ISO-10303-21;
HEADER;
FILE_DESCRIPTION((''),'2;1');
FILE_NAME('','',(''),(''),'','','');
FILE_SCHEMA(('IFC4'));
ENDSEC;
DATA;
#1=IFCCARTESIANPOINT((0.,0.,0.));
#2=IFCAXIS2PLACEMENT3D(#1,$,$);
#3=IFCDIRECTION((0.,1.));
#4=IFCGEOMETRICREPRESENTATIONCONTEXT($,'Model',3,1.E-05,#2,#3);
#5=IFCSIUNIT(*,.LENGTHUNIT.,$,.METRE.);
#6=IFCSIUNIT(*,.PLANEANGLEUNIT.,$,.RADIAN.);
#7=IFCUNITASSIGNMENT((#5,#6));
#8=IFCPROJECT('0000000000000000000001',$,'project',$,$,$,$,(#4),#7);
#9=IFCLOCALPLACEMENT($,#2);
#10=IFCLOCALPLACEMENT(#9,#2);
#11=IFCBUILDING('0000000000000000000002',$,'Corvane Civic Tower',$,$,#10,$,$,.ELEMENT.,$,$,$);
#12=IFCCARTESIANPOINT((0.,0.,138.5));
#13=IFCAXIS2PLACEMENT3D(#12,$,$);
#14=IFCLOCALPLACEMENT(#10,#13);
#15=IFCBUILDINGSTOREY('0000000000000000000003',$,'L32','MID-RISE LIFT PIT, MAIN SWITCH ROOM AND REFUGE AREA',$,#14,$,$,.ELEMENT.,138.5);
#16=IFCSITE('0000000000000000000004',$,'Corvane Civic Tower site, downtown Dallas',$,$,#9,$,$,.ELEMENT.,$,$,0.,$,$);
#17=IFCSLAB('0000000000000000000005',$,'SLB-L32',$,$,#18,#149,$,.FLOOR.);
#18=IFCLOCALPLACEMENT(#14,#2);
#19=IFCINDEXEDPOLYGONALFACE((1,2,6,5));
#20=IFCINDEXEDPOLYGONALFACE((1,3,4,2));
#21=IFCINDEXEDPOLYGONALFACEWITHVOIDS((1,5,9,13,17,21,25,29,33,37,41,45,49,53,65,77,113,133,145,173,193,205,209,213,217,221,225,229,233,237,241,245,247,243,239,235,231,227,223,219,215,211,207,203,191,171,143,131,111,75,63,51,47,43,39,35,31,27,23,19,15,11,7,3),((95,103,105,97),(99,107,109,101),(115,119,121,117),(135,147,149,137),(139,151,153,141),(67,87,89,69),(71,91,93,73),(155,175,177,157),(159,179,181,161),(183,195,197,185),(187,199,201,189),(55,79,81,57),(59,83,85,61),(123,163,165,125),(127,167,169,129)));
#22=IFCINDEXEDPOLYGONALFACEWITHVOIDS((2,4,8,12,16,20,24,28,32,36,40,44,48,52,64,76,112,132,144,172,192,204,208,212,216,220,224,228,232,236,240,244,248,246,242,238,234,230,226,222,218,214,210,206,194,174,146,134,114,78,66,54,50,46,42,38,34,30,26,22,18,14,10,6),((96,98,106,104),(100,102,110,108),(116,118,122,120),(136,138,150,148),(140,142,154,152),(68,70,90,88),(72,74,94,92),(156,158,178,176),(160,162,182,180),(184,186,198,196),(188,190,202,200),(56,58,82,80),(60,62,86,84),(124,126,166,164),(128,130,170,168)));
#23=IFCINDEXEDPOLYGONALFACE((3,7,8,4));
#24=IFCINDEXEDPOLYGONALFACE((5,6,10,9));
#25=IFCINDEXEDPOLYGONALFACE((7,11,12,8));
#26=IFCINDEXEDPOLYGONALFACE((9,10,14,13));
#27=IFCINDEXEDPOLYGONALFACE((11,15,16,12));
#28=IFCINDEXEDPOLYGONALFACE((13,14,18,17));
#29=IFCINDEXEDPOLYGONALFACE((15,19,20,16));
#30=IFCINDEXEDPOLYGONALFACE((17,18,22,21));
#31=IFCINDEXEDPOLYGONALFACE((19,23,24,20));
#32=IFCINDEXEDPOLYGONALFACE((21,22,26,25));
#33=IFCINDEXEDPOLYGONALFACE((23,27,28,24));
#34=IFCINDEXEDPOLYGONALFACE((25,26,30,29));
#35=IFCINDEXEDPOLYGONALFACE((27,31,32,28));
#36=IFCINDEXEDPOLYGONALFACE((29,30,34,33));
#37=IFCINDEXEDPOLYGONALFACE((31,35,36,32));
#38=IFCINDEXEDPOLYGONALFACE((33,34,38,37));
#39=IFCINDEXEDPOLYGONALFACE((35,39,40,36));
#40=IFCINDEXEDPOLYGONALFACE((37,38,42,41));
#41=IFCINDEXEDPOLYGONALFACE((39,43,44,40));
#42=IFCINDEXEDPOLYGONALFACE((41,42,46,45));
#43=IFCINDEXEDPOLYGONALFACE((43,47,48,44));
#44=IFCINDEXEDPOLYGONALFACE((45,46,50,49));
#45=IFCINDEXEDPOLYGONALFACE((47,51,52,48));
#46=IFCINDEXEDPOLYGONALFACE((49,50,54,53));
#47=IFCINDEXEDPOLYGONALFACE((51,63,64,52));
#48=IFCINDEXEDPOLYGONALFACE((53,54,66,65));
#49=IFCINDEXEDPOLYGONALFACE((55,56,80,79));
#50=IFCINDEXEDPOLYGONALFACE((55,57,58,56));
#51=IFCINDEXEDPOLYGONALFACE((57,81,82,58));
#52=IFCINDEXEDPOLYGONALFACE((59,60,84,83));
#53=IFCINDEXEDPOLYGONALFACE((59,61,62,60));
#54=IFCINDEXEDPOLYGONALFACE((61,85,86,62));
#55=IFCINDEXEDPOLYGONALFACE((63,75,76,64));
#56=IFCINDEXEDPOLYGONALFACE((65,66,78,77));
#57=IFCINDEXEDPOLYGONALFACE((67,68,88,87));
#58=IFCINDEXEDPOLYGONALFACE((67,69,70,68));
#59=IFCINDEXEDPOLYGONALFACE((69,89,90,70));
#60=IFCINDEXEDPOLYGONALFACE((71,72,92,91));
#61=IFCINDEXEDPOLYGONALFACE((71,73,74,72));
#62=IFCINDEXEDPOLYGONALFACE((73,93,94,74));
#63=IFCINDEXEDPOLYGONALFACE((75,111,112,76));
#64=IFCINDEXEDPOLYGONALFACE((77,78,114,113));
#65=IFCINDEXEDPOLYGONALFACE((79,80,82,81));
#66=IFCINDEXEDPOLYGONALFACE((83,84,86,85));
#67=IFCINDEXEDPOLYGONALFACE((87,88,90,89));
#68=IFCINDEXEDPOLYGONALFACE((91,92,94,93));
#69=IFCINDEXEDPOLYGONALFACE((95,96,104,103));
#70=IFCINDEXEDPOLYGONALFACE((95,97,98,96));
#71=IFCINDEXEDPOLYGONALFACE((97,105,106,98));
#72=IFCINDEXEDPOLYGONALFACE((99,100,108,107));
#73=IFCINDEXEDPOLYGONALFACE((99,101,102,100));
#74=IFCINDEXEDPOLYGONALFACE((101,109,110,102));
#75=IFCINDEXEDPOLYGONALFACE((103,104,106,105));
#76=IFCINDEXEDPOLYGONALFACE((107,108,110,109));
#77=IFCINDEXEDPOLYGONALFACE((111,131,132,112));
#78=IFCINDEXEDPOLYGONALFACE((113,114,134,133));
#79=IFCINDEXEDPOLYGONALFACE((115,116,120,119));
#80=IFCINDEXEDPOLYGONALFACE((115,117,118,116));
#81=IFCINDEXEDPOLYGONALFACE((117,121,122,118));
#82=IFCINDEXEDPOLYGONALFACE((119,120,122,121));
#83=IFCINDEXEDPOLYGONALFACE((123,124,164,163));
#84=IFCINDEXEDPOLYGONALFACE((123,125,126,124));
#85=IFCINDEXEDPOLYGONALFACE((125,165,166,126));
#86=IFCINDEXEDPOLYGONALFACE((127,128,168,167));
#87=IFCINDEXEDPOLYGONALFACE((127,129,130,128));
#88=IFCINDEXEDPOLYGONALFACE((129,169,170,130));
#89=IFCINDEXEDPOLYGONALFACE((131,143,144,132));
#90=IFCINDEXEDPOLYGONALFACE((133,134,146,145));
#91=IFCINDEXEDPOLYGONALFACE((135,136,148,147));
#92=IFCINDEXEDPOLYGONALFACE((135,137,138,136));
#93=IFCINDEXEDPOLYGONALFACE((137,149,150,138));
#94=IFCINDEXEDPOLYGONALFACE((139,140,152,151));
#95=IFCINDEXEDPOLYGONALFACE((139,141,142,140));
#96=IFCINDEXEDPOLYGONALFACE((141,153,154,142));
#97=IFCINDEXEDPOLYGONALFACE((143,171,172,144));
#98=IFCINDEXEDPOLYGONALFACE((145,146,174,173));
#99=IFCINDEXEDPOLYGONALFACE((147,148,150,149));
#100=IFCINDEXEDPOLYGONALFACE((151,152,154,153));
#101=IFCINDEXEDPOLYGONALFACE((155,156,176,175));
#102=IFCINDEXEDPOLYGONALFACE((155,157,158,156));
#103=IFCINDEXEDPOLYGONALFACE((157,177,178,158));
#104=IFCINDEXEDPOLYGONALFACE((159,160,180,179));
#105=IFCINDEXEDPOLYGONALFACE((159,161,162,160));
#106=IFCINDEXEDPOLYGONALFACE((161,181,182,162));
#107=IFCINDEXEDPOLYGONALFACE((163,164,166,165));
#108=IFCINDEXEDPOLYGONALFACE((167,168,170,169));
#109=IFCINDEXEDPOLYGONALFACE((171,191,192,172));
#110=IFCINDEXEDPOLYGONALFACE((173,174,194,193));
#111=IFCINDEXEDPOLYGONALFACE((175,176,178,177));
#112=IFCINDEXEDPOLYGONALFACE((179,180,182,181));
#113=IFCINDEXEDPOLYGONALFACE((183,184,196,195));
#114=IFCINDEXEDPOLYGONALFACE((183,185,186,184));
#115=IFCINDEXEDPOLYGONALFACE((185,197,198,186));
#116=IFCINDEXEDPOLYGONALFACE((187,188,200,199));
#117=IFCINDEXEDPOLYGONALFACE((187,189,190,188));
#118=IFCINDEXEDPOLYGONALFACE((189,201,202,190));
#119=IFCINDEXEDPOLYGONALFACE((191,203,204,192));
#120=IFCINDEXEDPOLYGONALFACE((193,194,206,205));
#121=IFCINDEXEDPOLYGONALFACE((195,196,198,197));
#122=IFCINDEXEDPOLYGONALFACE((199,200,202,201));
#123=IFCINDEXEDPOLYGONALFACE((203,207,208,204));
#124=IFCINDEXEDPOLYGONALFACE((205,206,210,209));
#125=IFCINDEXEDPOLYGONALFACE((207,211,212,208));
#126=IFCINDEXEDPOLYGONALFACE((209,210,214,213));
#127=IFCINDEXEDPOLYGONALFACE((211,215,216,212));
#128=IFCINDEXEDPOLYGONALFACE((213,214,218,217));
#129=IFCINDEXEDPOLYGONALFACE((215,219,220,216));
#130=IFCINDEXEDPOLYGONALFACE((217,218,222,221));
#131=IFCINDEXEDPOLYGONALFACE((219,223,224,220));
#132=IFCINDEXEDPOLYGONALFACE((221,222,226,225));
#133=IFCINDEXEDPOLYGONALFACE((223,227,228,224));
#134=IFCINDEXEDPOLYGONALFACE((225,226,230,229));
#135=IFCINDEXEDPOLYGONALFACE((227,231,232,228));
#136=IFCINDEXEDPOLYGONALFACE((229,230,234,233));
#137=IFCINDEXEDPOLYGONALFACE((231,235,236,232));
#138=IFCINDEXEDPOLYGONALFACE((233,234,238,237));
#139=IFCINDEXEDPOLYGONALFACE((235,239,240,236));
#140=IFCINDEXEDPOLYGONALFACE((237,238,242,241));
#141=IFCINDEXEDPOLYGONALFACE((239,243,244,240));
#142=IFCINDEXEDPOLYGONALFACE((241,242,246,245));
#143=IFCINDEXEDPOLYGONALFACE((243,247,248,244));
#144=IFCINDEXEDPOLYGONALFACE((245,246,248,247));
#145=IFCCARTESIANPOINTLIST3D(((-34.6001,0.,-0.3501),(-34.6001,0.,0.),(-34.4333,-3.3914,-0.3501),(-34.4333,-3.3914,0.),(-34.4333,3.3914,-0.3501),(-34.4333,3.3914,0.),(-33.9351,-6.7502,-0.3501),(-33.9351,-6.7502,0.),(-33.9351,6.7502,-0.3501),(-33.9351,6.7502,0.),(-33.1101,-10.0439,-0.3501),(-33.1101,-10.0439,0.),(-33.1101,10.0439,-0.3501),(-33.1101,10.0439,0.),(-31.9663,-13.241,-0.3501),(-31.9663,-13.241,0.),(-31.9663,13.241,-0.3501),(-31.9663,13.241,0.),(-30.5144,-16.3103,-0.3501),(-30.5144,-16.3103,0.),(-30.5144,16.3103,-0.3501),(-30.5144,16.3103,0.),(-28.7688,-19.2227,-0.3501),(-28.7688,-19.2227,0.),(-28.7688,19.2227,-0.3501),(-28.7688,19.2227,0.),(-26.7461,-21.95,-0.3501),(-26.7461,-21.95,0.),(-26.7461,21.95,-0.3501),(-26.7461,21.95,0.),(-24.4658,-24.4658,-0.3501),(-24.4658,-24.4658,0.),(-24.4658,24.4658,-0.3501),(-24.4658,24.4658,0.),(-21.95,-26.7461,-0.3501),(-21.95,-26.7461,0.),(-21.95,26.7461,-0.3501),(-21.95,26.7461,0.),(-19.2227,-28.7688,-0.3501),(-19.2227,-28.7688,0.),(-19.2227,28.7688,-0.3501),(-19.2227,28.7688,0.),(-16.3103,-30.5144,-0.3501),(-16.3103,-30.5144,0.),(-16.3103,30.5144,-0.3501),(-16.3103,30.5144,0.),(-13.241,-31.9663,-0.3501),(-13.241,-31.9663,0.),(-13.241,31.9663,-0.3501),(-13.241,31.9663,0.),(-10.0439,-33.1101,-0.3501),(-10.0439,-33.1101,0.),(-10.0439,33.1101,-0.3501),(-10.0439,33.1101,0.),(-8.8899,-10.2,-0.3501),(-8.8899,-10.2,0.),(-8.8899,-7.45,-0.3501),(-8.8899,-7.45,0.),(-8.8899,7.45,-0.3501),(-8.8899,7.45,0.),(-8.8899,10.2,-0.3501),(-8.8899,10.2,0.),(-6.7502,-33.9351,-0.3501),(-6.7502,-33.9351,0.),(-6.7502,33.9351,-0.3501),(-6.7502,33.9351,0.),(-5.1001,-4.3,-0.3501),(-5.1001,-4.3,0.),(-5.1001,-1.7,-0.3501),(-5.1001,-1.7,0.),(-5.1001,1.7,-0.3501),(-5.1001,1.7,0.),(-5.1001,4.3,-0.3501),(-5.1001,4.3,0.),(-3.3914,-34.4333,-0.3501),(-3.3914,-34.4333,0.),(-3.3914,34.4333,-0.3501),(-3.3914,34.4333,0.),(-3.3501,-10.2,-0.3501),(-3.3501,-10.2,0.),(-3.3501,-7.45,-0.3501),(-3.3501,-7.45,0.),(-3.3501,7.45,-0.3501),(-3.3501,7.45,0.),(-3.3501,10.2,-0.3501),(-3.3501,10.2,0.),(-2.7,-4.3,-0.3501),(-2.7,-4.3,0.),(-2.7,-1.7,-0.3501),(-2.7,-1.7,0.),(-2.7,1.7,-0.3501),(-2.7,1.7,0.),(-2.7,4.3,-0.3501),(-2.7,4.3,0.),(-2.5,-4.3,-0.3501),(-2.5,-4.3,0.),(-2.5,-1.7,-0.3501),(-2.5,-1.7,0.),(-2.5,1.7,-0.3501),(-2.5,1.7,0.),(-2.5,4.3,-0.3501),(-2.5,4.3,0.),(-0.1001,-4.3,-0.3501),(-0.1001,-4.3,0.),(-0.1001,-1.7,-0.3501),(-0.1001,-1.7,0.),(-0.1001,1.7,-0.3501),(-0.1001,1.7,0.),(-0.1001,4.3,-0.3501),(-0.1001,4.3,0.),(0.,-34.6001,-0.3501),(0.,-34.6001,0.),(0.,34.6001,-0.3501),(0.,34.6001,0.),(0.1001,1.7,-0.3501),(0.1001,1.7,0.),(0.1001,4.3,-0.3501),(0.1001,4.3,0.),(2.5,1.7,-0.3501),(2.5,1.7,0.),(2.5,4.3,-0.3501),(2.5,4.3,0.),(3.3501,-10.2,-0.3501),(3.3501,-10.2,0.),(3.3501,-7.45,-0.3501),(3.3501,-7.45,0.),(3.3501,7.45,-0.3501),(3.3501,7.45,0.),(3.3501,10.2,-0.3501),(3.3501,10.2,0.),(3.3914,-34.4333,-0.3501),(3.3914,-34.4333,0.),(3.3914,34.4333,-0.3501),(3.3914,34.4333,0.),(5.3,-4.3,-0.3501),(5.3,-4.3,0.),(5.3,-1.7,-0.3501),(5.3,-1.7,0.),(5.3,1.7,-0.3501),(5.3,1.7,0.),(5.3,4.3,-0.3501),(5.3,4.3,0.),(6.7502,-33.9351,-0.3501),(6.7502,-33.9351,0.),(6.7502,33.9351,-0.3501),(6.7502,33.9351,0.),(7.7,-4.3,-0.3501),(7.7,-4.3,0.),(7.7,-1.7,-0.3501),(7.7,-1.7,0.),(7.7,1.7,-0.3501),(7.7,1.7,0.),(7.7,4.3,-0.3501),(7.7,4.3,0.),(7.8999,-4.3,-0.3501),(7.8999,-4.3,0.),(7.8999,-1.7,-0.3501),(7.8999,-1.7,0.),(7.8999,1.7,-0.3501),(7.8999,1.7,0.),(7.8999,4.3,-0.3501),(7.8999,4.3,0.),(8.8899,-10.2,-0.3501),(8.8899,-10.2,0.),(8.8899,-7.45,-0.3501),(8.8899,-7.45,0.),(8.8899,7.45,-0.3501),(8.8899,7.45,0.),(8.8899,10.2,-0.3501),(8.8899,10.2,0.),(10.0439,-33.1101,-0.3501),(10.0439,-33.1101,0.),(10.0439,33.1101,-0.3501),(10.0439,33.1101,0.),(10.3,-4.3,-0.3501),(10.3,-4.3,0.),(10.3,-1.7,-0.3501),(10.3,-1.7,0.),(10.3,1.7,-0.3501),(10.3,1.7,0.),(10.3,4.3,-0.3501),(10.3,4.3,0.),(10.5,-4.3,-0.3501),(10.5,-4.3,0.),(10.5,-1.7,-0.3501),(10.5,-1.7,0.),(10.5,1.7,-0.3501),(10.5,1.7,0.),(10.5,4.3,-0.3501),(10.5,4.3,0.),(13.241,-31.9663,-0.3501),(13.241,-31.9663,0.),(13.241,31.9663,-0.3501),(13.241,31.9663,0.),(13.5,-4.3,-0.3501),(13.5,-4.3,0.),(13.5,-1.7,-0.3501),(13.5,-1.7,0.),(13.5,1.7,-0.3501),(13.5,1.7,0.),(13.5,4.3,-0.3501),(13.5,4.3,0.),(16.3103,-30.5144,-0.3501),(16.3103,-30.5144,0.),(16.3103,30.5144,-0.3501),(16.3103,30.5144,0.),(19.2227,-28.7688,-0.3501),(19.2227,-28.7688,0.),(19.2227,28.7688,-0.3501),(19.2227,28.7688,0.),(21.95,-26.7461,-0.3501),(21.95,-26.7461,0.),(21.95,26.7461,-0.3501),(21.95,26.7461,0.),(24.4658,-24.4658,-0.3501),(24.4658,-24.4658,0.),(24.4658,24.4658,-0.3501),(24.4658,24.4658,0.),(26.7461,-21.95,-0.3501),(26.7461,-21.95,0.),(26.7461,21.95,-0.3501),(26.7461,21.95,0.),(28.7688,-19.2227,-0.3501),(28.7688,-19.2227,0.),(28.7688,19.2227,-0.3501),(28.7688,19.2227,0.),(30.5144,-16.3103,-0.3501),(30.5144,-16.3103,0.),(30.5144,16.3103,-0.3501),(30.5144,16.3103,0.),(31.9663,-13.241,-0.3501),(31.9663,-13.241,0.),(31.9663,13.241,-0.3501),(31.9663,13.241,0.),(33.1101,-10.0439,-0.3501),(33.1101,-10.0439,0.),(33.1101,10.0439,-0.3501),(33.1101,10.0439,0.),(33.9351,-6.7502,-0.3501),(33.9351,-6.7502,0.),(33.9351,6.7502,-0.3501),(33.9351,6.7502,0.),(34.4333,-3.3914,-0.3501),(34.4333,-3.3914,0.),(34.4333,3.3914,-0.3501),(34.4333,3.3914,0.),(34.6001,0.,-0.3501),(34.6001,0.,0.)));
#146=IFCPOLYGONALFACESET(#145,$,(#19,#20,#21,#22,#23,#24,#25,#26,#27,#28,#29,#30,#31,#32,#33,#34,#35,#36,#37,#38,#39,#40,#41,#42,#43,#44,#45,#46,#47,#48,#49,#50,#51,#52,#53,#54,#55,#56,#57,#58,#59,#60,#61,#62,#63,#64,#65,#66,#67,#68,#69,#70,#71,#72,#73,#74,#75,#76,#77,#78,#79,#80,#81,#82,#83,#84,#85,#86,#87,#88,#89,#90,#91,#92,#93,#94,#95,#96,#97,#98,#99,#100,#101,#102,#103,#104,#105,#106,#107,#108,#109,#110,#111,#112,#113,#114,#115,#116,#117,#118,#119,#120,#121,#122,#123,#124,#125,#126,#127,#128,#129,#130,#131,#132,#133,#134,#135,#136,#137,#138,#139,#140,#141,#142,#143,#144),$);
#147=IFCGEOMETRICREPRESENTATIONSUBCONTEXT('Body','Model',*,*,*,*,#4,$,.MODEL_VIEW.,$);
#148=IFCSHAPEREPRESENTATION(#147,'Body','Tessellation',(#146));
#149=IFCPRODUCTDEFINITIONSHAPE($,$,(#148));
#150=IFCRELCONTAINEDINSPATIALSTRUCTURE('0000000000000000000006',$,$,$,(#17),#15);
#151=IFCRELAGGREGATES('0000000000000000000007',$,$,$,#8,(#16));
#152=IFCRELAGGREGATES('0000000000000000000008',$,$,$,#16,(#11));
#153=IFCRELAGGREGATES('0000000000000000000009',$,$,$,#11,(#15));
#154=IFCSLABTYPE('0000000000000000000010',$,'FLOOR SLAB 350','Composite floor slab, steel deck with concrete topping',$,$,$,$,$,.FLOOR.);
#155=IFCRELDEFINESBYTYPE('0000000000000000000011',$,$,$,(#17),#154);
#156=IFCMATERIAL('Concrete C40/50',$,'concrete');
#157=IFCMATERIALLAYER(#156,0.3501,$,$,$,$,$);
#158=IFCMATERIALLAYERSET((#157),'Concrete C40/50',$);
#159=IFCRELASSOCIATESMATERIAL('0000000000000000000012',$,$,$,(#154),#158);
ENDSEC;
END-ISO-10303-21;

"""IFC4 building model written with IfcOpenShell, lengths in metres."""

from ifc_helpers import new_model, si_unit, direction, frame, origin, place, context, subcontext, project, spatial, polyline, outline, extrude, material, layer, layer_set, type_object, element, save


model = new_model("IFC4")

# Units and contexts
model_context = context("Model", 3, precision=1e-05, world=origin(), true_north=direction((0.0, 1.0)))
body_context = subcontext(model_context, "Body", "Model", "MODEL_VIEW")
ifc_project = project(units=[si_unit("LENGTHUNIT", "METRE"), si_unit("PLANEANGLEUNIT", "RADIAN")], contexts=[model_context])

# Site, building, storey
site_placement = place(None, origin())
site = spatial("IfcSite", under=ifc_project, at=site_placement, Name="Corvane Civic Tower site, downtown Dallas", CompositionType="ELEMENT", RefElevation=0.0)
building_placement = place(site_placement, origin())
building = spatial("IfcBuilding", under=site, at=building_placement, Name="Corvane Civic Tower", CompositionType="ELEMENT")
storey_placement = place(building_placement, frame((0.0, 0.0, 138.5)))
storey = spatial("IfcBuildingStorey", under=building, at=storey_placement, Name="L32", Description="MID-RISE LIFT PIT, MAIN SWITCH ROOM AND REFUGE AREA", CompositionType="ELEMENT", Elevation=138.5)

# Slab
ifc_material_1 = material(Name="Concrete C40/50", Category="concrete")
ifc_layer_1 = layer(ifc_material_1, 0.3501)
ifc_layer_set_1 = layer_set([ifc_layer_1], Name="Concrete C40/50")
slab_type = type_object("IfcSlabType", Name="FLOOR SLAB 350", Description="Composite floor slab, steel deck with concrete topping", PredefinedType="FLOOR", material=ifc_layer_set_1)
slab_placement = place(storey_placement, frame((0.0, 0.0, -0.3501)))
element("IfcSlab", 1, at=slab_placement, inside=storey, type_object=slab_type, Name="SLB-L32", PredefinedType="FLOOR", context=body_context, shape_type="SweptSolid", body=[
    extrude(outline(polyline([(0.0, 34.6001), (-3.3914, 34.4333), (-6.7502, 33.9351), (-10.0439, 33.1101), (-13.241, 31.9663), (-16.3103, 30.5144), (-19.2227, 28.7688), (-21.95, 26.7461), (-24.4658, 24.4658), (-26.7461, 21.95), (-28.7688, 19.2227), (-30.5144, 16.3103), (-31.9663, 13.241), (-33.1101, 10.0439), (-33.9351, 6.7502), (-34.4333, 3.3914), (-34.6001, 0.0), (-34.4333, -3.3914), (-33.9351, -6.7502), (-33.1101, -10.0439), (-31.9663, -13.241), (-30.5144, -16.3103), (-28.7688, -19.2227), (-26.7461, -21.95), (-24.4658, -24.4658), (-21.95, -26.7461), (-19.2227, -28.7688), (-16.3103, -30.5144), (-13.241, -31.9663), (-10.0439, -33.1101), (-6.7502, -33.9351), (-3.3914, -34.4333), (0.0, -34.6001), (3.3914, -34.4333), (6.7502, -33.9351), (10.0439, -33.1101), (13.241, -31.9663), (16.3103, -30.5144), (19.2227, -28.7688), (21.95, -26.7461), (24.4658, -24.4658), (26.7461, -21.95), (28.7688, -19.2227), (30.5144, -16.3103), (31.9663, -13.241), (33.1101, -10.0439), (33.9351, -6.7502), (34.4333, -3.3914), (34.6001, 0.0), (34.4333, 3.3914), (33.9351, 6.7502), (33.1101, 10.0439), (31.9663, 13.241), (30.5144, 16.3103), (28.7688, 19.2227), (26.7461, 21.95), (24.4658, 24.4658), (21.95, 26.7461), (19.2227, 28.7688), (16.3103, 30.5144), (13.241, 31.9663), (10.0439, 33.1101), (6.7502, 33.9351), (3.3914, 34.4333), (0.0, 34.6001)]), holes=[polyline([(-2.7, 1.7), (-5.1001, 1.7), (-5.1001, 4.3), (-2.7, 4.3), (-2.7, 1.7)]), polyline([(-2.5, 4.3), (-0.1001, 4.3), (-0.1001, 1.7), (-2.5, 1.7), (-2.5, 4.3)]), polyline([(0.1001, 4.3), (2.5, 4.3), (2.5, 1.7), (0.1001, 1.7), (0.1001, 4.3)]), polyline([(5.3, 4.3), (7.7, 4.3), (7.7, 1.7), (5.3, 1.7), (5.3, 4.3)]), polyline([(7.8999, 4.3), (10.3, 4.3), (10.3, 1.7), (7.8999, 1.7), (7.8999, 4.3)]), polyline([(13.5, 1.7), (10.5, 1.7), (10.5, 4.3), (13.5, 4.3), (13.5, 1.7)]), polyline([(-5.1001, -4.3), (-5.1001, -1.7), (-2.7, -1.7), (-2.7, -4.3), (-5.1001, -4.3)]), polyline([(-0.1001, -1.7), (-0.1001, -4.3), (-2.5, -4.3), (-2.5, -1.7), (-0.1001, -1.7)]), polyline([(7.7, -1.7), (7.7, -4.3), (5.3, -4.3), (5.3, -1.7), (7.7, -1.7)]), polyline([(10.3, -1.7), (10.3, -4.3), (7.8999, -4.3), (7.8999, -1.7), (10.3, -1.7)]), polyline([(13.5, -4.3), (10.5, -4.3), (10.5, -1.7), (13.5, -1.7), (13.5, -4.3)]), polyline([(8.8899, 10.2), (8.8899, 7.45), (3.3501, 7.45), (3.3501, 10.2), (8.8899, 10.2)]), polyline([(-8.8899, 7.45), (-8.8899, 10.2), (-3.3501, 10.2), (-3.3501, 7.45), (-8.8899, 7.45)]), polyline([(8.8899, -7.45), (8.8899, -10.2), (3.3501, -10.2), (3.3501, -7.45), (8.8899, -7.45)]), polyline([(-8.8899, -10.2), (-8.8899, -7.45), (-3.3501, -7.45), (-3.3501, -10.2), (-8.8899, -10.2)])]), origin(), (0.0, 0.0, 1.0), 0.3501),
])

save(model, "model.ifc")
